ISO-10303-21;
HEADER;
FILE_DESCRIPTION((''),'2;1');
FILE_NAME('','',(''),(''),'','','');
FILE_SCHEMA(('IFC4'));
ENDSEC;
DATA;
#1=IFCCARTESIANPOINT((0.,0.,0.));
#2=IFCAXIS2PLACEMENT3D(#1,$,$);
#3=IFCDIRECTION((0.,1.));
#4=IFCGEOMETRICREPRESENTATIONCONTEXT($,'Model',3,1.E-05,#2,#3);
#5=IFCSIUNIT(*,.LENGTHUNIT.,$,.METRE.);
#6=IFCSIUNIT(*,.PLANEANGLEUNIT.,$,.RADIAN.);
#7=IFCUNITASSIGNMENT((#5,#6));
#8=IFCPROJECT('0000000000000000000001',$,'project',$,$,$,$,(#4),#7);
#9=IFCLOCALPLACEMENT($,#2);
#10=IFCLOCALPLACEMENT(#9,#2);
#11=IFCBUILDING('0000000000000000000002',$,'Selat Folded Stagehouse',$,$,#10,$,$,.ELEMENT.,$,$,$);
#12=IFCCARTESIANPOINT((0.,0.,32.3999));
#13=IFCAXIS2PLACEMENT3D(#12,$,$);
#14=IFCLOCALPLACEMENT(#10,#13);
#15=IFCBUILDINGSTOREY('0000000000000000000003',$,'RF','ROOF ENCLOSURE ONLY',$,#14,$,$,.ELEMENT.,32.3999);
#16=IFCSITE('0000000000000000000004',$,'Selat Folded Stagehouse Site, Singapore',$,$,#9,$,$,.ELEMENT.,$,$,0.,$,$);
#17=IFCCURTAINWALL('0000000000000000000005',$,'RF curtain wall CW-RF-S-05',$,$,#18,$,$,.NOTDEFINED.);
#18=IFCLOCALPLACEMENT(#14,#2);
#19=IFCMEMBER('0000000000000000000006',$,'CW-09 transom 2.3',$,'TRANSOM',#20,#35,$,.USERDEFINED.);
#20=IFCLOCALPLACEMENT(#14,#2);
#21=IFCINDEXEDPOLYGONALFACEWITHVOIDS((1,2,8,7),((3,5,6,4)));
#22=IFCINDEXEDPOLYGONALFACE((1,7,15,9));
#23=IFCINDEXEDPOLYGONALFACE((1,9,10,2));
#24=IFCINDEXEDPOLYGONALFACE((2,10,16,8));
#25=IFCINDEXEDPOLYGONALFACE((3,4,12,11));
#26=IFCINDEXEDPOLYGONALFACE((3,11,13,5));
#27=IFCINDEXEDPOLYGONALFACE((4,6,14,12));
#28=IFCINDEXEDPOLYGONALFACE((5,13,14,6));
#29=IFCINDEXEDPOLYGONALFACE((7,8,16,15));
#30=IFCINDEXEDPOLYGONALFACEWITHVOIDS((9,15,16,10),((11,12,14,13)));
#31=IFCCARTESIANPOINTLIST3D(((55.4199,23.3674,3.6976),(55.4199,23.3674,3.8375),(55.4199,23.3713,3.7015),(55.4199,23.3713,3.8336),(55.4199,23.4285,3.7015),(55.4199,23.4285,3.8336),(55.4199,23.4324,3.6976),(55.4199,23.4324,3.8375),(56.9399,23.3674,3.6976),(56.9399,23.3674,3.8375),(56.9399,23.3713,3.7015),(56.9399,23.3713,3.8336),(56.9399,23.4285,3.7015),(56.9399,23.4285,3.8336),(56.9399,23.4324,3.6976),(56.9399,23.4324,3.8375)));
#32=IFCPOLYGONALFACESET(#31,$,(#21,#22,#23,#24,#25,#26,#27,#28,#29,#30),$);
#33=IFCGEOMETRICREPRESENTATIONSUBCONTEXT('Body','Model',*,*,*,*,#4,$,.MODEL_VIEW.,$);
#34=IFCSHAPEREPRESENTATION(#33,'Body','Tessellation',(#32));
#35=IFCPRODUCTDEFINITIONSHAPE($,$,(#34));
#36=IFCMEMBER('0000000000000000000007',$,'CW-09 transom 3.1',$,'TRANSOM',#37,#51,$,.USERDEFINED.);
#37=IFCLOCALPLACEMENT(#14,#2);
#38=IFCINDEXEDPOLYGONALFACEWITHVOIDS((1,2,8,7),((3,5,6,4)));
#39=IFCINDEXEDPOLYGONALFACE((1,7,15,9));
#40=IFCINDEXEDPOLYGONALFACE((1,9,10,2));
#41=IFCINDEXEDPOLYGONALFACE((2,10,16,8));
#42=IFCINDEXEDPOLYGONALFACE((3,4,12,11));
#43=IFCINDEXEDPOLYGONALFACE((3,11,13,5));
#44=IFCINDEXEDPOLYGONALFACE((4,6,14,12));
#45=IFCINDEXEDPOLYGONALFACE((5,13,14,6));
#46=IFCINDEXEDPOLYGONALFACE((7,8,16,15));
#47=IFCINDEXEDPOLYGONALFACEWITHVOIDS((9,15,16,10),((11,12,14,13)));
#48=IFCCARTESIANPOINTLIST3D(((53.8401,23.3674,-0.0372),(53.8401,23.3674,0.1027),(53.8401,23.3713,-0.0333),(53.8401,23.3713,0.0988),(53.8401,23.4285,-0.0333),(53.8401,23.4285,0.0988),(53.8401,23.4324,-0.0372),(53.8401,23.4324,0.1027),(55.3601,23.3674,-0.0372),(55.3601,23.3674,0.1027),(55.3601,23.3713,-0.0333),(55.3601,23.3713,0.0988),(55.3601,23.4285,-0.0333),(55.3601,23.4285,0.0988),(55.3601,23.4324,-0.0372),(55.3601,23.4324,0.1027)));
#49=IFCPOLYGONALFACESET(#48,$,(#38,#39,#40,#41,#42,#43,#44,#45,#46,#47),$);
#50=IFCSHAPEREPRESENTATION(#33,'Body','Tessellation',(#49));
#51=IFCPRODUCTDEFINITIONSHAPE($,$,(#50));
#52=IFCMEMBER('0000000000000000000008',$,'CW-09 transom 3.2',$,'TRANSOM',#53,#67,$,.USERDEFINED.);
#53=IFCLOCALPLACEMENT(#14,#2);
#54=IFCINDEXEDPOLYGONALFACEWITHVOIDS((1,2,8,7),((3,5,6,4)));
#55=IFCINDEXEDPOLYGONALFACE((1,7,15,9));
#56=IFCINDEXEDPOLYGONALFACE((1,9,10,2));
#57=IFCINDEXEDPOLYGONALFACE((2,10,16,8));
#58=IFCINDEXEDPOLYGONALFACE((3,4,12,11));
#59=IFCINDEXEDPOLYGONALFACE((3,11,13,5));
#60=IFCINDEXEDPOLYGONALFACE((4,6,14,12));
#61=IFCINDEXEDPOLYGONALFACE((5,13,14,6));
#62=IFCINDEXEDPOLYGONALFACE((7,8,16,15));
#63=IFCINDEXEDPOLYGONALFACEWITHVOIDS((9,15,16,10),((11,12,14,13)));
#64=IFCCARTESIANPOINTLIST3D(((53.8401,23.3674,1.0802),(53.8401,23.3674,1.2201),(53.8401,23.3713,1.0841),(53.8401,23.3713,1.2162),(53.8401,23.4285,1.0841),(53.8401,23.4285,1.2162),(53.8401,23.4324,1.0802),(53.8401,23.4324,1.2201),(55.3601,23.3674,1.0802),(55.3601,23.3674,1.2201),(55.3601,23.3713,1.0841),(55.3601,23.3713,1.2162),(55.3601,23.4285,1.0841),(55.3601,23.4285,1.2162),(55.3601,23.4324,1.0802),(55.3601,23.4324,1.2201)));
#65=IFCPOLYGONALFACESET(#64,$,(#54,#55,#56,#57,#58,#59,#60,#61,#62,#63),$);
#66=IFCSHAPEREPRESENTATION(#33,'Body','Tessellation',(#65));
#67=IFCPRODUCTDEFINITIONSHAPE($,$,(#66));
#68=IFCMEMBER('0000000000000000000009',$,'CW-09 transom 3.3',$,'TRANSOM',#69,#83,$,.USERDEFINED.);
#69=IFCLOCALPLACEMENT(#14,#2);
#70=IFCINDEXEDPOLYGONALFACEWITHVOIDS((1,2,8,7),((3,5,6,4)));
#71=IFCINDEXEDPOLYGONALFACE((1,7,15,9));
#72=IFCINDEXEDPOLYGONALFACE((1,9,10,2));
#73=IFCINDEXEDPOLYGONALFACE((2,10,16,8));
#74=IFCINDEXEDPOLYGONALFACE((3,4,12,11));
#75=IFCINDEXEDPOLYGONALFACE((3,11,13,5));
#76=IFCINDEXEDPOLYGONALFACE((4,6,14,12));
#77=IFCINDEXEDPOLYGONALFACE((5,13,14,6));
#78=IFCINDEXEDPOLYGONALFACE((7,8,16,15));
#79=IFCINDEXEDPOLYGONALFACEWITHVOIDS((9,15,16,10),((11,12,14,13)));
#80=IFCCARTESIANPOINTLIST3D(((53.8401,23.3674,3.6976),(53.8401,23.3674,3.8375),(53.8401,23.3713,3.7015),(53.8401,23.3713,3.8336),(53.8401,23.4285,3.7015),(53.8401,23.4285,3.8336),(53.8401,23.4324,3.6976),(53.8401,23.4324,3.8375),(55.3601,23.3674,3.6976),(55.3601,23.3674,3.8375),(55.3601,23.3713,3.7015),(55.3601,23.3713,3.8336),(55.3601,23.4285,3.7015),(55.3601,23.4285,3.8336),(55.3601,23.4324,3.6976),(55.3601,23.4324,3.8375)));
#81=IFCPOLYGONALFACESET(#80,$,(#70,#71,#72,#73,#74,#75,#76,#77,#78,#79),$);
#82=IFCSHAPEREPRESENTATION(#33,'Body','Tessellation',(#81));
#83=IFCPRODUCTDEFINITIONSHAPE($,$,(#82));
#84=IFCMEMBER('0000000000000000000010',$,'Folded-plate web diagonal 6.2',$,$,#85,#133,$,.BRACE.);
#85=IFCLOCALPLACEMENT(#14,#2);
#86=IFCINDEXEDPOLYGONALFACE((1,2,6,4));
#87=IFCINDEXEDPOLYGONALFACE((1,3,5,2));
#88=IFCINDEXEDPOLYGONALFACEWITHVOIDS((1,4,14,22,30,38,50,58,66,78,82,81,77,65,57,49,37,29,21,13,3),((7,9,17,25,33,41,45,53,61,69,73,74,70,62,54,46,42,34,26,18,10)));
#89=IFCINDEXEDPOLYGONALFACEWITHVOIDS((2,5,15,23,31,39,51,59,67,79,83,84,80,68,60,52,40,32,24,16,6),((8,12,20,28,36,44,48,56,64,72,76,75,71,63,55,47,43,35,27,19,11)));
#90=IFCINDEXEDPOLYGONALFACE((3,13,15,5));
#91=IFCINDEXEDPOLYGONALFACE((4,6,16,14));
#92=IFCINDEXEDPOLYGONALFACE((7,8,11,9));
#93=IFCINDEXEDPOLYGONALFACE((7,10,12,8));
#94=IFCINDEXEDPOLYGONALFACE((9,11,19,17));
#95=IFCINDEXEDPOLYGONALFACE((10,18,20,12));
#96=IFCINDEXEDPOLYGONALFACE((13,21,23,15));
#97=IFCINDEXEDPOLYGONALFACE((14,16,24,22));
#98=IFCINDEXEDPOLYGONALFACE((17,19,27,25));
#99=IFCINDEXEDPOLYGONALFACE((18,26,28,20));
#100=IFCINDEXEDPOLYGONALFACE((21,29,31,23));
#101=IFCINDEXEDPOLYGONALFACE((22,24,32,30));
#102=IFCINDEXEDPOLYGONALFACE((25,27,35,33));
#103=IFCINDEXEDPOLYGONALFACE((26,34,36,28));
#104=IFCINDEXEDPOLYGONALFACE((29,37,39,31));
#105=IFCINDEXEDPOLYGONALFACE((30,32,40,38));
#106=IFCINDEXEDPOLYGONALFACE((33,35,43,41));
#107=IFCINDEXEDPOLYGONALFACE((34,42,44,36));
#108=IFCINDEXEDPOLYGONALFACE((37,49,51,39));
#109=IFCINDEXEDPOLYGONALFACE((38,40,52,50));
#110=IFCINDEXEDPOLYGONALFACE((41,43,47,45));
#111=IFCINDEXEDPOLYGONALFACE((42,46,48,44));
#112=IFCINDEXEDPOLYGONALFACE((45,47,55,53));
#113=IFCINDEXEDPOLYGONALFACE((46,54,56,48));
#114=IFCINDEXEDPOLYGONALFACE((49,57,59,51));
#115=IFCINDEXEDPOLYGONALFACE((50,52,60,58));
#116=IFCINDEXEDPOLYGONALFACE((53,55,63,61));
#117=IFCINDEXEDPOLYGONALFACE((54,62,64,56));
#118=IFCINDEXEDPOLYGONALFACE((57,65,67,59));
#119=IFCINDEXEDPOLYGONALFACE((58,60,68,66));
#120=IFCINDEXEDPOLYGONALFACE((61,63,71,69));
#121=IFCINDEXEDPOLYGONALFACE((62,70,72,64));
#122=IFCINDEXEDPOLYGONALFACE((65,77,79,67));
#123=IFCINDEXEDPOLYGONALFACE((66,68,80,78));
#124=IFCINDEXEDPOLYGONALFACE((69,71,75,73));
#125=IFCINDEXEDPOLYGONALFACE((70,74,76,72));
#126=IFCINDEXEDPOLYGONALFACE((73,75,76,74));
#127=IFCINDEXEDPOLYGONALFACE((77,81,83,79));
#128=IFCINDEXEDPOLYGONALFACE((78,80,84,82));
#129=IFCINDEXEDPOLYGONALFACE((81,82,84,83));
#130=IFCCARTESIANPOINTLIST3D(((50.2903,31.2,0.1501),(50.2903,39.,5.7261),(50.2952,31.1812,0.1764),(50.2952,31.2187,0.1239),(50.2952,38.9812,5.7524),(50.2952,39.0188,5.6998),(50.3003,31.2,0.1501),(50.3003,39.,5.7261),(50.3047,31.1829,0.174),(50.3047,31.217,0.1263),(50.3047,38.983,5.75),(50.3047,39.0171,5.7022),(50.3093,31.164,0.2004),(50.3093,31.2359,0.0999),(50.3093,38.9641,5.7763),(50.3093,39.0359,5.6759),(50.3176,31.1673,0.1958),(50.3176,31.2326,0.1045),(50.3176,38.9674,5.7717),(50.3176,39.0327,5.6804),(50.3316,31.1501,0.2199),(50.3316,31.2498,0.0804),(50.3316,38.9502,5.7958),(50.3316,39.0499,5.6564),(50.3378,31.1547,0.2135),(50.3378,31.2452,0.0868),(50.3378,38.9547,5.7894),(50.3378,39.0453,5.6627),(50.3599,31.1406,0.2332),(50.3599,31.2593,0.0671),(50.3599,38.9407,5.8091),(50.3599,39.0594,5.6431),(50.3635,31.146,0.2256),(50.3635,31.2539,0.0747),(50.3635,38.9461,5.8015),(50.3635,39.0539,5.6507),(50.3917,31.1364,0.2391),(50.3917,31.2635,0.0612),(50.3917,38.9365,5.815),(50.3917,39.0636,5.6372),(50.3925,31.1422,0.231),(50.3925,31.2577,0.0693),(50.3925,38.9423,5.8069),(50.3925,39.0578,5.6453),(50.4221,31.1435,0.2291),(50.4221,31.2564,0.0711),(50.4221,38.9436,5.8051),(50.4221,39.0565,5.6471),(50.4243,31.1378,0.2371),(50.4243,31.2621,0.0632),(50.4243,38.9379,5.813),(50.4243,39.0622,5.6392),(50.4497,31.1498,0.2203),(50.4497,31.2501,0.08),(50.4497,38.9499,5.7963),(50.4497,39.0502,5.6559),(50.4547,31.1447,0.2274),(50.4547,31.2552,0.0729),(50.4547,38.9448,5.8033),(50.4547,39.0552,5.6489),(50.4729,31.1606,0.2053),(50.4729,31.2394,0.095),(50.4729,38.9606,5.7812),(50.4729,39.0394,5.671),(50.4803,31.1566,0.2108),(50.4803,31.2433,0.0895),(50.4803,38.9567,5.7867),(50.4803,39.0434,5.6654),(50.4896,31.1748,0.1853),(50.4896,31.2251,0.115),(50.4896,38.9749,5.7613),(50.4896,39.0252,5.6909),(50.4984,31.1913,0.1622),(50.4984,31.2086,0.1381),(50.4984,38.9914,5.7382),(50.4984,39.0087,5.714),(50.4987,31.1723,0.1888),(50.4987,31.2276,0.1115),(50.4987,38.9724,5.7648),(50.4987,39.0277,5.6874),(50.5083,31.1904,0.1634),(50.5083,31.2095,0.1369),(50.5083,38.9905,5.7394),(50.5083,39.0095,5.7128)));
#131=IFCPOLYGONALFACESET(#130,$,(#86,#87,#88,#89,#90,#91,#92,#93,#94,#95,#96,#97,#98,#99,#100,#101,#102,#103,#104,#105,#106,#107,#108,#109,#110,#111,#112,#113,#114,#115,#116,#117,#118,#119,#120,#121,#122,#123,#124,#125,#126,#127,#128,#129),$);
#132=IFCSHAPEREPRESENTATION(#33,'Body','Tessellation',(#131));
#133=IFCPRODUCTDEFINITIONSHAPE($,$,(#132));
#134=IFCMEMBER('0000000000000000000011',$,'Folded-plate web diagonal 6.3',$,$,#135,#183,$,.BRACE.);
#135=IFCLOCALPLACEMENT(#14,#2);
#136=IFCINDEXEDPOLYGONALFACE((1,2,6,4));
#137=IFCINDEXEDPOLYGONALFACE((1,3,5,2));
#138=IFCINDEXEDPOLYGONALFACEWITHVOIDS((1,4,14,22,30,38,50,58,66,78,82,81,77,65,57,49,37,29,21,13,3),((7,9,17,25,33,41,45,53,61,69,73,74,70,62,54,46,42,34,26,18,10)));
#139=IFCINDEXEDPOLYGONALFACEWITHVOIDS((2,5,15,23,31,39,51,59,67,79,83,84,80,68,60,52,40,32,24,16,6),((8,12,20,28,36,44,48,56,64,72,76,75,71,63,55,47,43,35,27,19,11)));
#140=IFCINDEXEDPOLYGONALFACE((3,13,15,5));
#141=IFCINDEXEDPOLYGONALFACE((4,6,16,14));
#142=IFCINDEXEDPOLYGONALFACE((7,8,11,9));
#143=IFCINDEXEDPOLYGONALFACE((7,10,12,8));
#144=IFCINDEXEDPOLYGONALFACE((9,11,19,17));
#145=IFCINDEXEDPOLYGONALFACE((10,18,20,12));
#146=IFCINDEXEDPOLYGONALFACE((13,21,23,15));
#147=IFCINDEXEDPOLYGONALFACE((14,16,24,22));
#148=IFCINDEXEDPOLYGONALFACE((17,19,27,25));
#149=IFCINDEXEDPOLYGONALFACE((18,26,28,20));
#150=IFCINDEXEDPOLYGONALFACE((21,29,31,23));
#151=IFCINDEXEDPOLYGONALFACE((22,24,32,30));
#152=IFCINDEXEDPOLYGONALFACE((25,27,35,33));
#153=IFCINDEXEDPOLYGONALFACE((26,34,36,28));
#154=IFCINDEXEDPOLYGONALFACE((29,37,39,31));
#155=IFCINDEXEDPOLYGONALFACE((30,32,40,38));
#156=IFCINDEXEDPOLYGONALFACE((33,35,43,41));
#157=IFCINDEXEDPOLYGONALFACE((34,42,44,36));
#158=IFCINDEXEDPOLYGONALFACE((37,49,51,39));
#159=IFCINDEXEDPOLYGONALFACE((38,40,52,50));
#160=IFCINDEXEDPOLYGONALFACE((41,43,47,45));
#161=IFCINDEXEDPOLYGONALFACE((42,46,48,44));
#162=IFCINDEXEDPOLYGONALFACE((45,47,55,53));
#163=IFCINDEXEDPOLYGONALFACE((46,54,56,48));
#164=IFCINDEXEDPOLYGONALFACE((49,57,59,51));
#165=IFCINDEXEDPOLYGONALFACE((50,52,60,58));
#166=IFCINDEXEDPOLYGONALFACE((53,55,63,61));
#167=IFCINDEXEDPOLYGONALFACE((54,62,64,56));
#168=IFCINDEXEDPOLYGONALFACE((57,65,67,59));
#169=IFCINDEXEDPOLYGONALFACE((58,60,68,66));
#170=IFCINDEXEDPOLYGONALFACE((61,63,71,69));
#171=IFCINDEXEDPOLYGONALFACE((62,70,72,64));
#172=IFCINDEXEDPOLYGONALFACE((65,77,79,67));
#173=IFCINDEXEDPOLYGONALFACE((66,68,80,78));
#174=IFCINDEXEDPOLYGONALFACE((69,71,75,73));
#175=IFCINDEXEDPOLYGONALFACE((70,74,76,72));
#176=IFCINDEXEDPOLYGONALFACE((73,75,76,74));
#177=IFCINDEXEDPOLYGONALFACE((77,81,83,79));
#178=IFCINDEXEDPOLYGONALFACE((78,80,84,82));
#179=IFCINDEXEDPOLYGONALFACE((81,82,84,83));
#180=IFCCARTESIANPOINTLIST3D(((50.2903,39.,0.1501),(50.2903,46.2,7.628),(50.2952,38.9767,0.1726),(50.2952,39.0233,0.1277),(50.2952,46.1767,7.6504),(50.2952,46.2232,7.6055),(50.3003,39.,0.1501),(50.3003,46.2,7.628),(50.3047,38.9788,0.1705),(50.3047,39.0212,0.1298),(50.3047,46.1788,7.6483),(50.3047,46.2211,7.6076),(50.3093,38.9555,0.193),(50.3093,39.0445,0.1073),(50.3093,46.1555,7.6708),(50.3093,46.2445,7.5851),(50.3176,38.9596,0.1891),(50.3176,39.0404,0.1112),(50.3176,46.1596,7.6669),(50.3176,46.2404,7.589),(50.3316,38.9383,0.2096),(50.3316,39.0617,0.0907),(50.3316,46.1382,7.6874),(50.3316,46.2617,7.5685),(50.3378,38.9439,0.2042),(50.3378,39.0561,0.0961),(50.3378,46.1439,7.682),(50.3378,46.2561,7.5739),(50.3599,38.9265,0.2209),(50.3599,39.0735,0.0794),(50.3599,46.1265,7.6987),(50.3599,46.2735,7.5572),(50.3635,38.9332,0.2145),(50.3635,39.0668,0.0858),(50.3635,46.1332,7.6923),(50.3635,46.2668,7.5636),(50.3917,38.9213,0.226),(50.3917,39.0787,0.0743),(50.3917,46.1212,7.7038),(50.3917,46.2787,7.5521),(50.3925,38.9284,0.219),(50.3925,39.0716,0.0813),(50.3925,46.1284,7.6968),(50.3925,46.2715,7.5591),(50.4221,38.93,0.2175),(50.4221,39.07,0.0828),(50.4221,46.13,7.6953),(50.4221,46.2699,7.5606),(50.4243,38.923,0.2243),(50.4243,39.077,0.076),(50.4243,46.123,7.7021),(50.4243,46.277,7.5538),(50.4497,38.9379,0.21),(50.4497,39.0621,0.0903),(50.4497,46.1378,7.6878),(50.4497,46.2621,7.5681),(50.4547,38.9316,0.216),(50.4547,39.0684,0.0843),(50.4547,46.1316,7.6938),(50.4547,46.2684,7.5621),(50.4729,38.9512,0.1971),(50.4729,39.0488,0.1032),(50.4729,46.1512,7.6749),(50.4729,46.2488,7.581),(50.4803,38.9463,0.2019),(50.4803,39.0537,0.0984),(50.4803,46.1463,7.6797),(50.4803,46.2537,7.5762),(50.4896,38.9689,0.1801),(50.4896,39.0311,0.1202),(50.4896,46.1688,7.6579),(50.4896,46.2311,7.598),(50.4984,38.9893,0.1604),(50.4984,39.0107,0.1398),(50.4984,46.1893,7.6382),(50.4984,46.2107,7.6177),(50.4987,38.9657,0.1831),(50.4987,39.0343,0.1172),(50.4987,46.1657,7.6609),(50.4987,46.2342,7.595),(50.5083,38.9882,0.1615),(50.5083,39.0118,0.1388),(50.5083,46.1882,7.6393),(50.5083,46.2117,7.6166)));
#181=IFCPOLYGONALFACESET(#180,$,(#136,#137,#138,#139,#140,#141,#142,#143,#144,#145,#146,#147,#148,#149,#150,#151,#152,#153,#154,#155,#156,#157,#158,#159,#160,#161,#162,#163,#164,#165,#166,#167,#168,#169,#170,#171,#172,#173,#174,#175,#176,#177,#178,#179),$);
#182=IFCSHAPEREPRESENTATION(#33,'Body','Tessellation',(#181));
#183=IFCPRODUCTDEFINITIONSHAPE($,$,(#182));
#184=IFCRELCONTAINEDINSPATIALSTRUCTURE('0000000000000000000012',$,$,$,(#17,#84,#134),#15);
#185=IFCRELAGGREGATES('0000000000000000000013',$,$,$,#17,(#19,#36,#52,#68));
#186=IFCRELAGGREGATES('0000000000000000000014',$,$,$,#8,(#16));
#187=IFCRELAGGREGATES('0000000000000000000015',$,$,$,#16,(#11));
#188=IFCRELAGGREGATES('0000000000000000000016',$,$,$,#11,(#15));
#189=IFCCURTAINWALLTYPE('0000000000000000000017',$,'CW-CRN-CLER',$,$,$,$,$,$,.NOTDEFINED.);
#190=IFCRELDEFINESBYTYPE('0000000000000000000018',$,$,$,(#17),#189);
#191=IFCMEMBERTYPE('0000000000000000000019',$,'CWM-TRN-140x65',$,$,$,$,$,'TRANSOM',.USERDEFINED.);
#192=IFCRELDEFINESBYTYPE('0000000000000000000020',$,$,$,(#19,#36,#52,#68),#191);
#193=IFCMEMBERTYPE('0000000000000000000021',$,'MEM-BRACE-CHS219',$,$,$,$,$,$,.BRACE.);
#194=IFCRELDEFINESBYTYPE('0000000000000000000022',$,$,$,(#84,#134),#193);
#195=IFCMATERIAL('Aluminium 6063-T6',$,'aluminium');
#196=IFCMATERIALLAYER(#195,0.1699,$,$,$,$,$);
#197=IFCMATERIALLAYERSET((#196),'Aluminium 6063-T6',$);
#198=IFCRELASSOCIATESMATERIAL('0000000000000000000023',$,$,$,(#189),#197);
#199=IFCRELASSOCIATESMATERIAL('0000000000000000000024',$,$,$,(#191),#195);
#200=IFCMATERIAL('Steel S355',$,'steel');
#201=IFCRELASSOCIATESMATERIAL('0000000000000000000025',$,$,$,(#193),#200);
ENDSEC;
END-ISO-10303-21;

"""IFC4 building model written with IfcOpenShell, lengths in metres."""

from ifc_helpers import new_model, si_unit, direction, frame, origin, origin_2d, place, context, subcontext, project, spatial, hollow_rectangle, hollow_circle, extrude, material, layer, layer_set, material_profile, profile_set, type_object, element, aggregate, save


model = new_model("IFC4")

# Units and contexts
model_context = context("Model", 3, precision=1e-05, world=origin(), true_north=direction((0.0, 1.0)))
body_context = subcontext(model_context, "Body", "Model", "MODEL_VIEW")
ifc_project = project(units=[si_unit("LENGTHUNIT", "METRE"), si_unit("PLANEANGLEUNIT", "RADIAN")], contexts=[model_context])

# Site, building, storey
site_placement = place(None, origin())
site = spatial("IfcSite", under=ifc_project, at=site_placement, Name="Selat Folded Stagehouse Site, Singapore", CompositionType="ELEMENT", RefElevation=0.0)
building_placement = place(site_placement, origin())
building = spatial("IfcBuilding", under=site, at=building_placement, Name="Selat Folded Stagehouse", CompositionType="ELEMENT")
storey_placement = place(building_placement, frame((0.0, 0.0, 32.3999)))
storey = spatial("IfcBuildingStorey", under=building, at=storey_placement, Name="RF", Description="ROOF ENCLOSURE ONLY", CompositionType="ELEMENT", Elevation=32.3999)

# Shared definitions
ifc_material_1 = material(Name="Steel S355", Category="steel")

# Curtain wall, members
ifc_material_2 = material(Name="Aluminium 6063-T6", Category="aluminium")
ifc_layer_1 = layer(ifc_material_2, 0.1699)
ifc_layer_set_1 = layer_set([ifc_layer_1], Name="Aluminium 6063-T6")
curtain_wall_type = type_object("IfcCurtainWallType", Name="CW-CRN-CLER", PredefinedType="NOTDEFINED", material=ifc_layer_set_1)
curtain_wall_placement = place(storey_placement, origin())
curtain_wall = element("IfcCurtainWall", 1, at=curtain_wall_placement, inside=storey, type_object=curtain_wall_type, Name="RF curtain wall CW-RF-S-05", PredefinedType="NOTDEFINED")
ifc_material_profile_1 = material_profile(ifc_material_2, hollow_rectangle(XDim=0.0649, YDim=0.1399, WallThickness=0.0039, at=origin_2d()), Name="ALU 140x65x4.0")
ifc_profile_set_1 = profile_set([ifc_material_profile_1], Name="Aluminium 6063-T6")
member_type_1 = type_object("IfcMemberType", Name="CWM-TRN-140x65", ElementType="TRANSOM", PredefinedType="USERDEFINED", material=ifc_profile_set_1)
member_1_placement = place(storey_placement, frame((56.9399, 23.3999, 3.7676), z_axis=(-1.0, 0.0, 0.0), x_axis=(0.0, -1.0, 0.0)))
member_1 = element("IfcMember", 2, at=member_1_placement, type_object=member_type_1, Name="CW-09 transom 2.3", ObjectType="TRANSOM", PredefinedType="USERDEFINED", context=body_context, shape_type="SweptSolid", body=[
    extrude(hollow_rectangle(XDim=0.0649, YDim=0.1399, WallThickness=0.0039, at=origin_2d()), origin(), (0.0, 0.0, 1.0), 1.52),
])
member_2_placement = place(storey_placement, frame((55.3601, 23.3999, 0.0327), z_axis=(-1.0, 0.0, 0.0), x_axis=(0.0, -1.0, 0.0)))
member_2 = element("IfcMember", 3, at=member_2_placement, type_object=member_type_1, Name="CW-09 transom 3.1", ObjectType="TRANSOM", PredefinedType="USERDEFINED", context=body_context, shape_type="SweptSolid", body=[
    extrude(hollow_rectangle(XDim=0.0649, YDim=0.1399, WallThickness=0.0039, at=origin_2d()), origin(), (0.0, 0.0, 1.0), 1.52),
])
member_3_placement = place(storey_placement, frame((55.3601, 23.3999, 1.1501), z_axis=(-1.0, 0.0, 0.0), x_axis=(0.0, -1.0, 0.0)))
member_3 = element("IfcMember", 4, at=member_3_placement, type_object=member_type_1, Name="CW-09 transom 3.2", ObjectType="TRANSOM", PredefinedType="USERDEFINED", context=body_context, shape_type="SweptSolid", body=[
    extrude(hollow_rectangle(XDim=0.0649, YDim=0.1399, WallThickness=0.0039, at=origin_2d()), origin(), (0.0, 0.0, 1.0), 1.52),
])
member_4_placement = place(storey_placement, frame((55.3601, 23.3999, 3.7676), z_axis=(-1.0, 0.0, 0.0), x_axis=(0.0, -1.0, 0.0)))
member_4 = element("IfcMember", 5, at=member_4_placement, type_object=member_type_1, Name="CW-09 transom 3.3", ObjectType="TRANSOM", PredefinedType="USERDEFINED", context=body_context, shape_type="SweptSolid", body=[
    extrude(hollow_rectangle(XDim=0.0649, YDim=0.1399, WallThickness=0.0039, at=origin_2d()), origin(), (0.0, 0.0, 1.0), 1.52),
])

# Members
ifc_material_profile_2 = material_profile(ifc_material_1, hollow_circle(Radius=0.1096, WallThickness=0.01, at=origin_2d()), Name="CHS 219.1x10.0")
ifc_profile_set_2 = profile_set([ifc_material_profile_2], Name="Steel S355")
member_type_2 = type_object("IfcMemberType", Name="MEM-BRACE-CHS219", PredefinedType="BRACE", material=ifc_profile_set_2)
member_5_placement = place(storey_placement, frame((50.3999, 31.2, 0.1501), z_axis=(0.0, 0.813513, 0.581546), x_axis=(-1.0, 0.0, 0.0)))
element("IfcMember", 6, at=member_5_placement, inside=storey, type_object=member_type_2, Name="Folded-plate web diagonal 6.2", PredefinedType="BRACE", context=body_context, shape_type="SweptSolid", body=[
    extrude(hollow_circle(Radius=0.1096, WallThickness=0.01, at=origin_2d()), origin(), (0.0, 0.0, 1.0), 9.5881),
])
member_6_placement = place(storey_placement, frame((50.3999, 39.0, 0.1501), z_axis=(0.0, 0.693598, 0.720362), x_axis=(-1.0, 0.0, 0.0)))
element("IfcMember", 7, at=member_6_placement, inside=storey, type_object=member_type_2, Name="Folded-plate web diagonal 6.3", PredefinedType="BRACE", context=body_context, shape_type="SweptSolid", body=[
    extrude(hollow_circle(Radius=0.1096, WallThickness=0.01, at=origin_2d()), origin(), (0.0, 0.0, 1.0), 10.3806),
])

aggregate(curtain_wall, [member_1, member_2, member_3, member_4])

save(model, "model.ifc")
